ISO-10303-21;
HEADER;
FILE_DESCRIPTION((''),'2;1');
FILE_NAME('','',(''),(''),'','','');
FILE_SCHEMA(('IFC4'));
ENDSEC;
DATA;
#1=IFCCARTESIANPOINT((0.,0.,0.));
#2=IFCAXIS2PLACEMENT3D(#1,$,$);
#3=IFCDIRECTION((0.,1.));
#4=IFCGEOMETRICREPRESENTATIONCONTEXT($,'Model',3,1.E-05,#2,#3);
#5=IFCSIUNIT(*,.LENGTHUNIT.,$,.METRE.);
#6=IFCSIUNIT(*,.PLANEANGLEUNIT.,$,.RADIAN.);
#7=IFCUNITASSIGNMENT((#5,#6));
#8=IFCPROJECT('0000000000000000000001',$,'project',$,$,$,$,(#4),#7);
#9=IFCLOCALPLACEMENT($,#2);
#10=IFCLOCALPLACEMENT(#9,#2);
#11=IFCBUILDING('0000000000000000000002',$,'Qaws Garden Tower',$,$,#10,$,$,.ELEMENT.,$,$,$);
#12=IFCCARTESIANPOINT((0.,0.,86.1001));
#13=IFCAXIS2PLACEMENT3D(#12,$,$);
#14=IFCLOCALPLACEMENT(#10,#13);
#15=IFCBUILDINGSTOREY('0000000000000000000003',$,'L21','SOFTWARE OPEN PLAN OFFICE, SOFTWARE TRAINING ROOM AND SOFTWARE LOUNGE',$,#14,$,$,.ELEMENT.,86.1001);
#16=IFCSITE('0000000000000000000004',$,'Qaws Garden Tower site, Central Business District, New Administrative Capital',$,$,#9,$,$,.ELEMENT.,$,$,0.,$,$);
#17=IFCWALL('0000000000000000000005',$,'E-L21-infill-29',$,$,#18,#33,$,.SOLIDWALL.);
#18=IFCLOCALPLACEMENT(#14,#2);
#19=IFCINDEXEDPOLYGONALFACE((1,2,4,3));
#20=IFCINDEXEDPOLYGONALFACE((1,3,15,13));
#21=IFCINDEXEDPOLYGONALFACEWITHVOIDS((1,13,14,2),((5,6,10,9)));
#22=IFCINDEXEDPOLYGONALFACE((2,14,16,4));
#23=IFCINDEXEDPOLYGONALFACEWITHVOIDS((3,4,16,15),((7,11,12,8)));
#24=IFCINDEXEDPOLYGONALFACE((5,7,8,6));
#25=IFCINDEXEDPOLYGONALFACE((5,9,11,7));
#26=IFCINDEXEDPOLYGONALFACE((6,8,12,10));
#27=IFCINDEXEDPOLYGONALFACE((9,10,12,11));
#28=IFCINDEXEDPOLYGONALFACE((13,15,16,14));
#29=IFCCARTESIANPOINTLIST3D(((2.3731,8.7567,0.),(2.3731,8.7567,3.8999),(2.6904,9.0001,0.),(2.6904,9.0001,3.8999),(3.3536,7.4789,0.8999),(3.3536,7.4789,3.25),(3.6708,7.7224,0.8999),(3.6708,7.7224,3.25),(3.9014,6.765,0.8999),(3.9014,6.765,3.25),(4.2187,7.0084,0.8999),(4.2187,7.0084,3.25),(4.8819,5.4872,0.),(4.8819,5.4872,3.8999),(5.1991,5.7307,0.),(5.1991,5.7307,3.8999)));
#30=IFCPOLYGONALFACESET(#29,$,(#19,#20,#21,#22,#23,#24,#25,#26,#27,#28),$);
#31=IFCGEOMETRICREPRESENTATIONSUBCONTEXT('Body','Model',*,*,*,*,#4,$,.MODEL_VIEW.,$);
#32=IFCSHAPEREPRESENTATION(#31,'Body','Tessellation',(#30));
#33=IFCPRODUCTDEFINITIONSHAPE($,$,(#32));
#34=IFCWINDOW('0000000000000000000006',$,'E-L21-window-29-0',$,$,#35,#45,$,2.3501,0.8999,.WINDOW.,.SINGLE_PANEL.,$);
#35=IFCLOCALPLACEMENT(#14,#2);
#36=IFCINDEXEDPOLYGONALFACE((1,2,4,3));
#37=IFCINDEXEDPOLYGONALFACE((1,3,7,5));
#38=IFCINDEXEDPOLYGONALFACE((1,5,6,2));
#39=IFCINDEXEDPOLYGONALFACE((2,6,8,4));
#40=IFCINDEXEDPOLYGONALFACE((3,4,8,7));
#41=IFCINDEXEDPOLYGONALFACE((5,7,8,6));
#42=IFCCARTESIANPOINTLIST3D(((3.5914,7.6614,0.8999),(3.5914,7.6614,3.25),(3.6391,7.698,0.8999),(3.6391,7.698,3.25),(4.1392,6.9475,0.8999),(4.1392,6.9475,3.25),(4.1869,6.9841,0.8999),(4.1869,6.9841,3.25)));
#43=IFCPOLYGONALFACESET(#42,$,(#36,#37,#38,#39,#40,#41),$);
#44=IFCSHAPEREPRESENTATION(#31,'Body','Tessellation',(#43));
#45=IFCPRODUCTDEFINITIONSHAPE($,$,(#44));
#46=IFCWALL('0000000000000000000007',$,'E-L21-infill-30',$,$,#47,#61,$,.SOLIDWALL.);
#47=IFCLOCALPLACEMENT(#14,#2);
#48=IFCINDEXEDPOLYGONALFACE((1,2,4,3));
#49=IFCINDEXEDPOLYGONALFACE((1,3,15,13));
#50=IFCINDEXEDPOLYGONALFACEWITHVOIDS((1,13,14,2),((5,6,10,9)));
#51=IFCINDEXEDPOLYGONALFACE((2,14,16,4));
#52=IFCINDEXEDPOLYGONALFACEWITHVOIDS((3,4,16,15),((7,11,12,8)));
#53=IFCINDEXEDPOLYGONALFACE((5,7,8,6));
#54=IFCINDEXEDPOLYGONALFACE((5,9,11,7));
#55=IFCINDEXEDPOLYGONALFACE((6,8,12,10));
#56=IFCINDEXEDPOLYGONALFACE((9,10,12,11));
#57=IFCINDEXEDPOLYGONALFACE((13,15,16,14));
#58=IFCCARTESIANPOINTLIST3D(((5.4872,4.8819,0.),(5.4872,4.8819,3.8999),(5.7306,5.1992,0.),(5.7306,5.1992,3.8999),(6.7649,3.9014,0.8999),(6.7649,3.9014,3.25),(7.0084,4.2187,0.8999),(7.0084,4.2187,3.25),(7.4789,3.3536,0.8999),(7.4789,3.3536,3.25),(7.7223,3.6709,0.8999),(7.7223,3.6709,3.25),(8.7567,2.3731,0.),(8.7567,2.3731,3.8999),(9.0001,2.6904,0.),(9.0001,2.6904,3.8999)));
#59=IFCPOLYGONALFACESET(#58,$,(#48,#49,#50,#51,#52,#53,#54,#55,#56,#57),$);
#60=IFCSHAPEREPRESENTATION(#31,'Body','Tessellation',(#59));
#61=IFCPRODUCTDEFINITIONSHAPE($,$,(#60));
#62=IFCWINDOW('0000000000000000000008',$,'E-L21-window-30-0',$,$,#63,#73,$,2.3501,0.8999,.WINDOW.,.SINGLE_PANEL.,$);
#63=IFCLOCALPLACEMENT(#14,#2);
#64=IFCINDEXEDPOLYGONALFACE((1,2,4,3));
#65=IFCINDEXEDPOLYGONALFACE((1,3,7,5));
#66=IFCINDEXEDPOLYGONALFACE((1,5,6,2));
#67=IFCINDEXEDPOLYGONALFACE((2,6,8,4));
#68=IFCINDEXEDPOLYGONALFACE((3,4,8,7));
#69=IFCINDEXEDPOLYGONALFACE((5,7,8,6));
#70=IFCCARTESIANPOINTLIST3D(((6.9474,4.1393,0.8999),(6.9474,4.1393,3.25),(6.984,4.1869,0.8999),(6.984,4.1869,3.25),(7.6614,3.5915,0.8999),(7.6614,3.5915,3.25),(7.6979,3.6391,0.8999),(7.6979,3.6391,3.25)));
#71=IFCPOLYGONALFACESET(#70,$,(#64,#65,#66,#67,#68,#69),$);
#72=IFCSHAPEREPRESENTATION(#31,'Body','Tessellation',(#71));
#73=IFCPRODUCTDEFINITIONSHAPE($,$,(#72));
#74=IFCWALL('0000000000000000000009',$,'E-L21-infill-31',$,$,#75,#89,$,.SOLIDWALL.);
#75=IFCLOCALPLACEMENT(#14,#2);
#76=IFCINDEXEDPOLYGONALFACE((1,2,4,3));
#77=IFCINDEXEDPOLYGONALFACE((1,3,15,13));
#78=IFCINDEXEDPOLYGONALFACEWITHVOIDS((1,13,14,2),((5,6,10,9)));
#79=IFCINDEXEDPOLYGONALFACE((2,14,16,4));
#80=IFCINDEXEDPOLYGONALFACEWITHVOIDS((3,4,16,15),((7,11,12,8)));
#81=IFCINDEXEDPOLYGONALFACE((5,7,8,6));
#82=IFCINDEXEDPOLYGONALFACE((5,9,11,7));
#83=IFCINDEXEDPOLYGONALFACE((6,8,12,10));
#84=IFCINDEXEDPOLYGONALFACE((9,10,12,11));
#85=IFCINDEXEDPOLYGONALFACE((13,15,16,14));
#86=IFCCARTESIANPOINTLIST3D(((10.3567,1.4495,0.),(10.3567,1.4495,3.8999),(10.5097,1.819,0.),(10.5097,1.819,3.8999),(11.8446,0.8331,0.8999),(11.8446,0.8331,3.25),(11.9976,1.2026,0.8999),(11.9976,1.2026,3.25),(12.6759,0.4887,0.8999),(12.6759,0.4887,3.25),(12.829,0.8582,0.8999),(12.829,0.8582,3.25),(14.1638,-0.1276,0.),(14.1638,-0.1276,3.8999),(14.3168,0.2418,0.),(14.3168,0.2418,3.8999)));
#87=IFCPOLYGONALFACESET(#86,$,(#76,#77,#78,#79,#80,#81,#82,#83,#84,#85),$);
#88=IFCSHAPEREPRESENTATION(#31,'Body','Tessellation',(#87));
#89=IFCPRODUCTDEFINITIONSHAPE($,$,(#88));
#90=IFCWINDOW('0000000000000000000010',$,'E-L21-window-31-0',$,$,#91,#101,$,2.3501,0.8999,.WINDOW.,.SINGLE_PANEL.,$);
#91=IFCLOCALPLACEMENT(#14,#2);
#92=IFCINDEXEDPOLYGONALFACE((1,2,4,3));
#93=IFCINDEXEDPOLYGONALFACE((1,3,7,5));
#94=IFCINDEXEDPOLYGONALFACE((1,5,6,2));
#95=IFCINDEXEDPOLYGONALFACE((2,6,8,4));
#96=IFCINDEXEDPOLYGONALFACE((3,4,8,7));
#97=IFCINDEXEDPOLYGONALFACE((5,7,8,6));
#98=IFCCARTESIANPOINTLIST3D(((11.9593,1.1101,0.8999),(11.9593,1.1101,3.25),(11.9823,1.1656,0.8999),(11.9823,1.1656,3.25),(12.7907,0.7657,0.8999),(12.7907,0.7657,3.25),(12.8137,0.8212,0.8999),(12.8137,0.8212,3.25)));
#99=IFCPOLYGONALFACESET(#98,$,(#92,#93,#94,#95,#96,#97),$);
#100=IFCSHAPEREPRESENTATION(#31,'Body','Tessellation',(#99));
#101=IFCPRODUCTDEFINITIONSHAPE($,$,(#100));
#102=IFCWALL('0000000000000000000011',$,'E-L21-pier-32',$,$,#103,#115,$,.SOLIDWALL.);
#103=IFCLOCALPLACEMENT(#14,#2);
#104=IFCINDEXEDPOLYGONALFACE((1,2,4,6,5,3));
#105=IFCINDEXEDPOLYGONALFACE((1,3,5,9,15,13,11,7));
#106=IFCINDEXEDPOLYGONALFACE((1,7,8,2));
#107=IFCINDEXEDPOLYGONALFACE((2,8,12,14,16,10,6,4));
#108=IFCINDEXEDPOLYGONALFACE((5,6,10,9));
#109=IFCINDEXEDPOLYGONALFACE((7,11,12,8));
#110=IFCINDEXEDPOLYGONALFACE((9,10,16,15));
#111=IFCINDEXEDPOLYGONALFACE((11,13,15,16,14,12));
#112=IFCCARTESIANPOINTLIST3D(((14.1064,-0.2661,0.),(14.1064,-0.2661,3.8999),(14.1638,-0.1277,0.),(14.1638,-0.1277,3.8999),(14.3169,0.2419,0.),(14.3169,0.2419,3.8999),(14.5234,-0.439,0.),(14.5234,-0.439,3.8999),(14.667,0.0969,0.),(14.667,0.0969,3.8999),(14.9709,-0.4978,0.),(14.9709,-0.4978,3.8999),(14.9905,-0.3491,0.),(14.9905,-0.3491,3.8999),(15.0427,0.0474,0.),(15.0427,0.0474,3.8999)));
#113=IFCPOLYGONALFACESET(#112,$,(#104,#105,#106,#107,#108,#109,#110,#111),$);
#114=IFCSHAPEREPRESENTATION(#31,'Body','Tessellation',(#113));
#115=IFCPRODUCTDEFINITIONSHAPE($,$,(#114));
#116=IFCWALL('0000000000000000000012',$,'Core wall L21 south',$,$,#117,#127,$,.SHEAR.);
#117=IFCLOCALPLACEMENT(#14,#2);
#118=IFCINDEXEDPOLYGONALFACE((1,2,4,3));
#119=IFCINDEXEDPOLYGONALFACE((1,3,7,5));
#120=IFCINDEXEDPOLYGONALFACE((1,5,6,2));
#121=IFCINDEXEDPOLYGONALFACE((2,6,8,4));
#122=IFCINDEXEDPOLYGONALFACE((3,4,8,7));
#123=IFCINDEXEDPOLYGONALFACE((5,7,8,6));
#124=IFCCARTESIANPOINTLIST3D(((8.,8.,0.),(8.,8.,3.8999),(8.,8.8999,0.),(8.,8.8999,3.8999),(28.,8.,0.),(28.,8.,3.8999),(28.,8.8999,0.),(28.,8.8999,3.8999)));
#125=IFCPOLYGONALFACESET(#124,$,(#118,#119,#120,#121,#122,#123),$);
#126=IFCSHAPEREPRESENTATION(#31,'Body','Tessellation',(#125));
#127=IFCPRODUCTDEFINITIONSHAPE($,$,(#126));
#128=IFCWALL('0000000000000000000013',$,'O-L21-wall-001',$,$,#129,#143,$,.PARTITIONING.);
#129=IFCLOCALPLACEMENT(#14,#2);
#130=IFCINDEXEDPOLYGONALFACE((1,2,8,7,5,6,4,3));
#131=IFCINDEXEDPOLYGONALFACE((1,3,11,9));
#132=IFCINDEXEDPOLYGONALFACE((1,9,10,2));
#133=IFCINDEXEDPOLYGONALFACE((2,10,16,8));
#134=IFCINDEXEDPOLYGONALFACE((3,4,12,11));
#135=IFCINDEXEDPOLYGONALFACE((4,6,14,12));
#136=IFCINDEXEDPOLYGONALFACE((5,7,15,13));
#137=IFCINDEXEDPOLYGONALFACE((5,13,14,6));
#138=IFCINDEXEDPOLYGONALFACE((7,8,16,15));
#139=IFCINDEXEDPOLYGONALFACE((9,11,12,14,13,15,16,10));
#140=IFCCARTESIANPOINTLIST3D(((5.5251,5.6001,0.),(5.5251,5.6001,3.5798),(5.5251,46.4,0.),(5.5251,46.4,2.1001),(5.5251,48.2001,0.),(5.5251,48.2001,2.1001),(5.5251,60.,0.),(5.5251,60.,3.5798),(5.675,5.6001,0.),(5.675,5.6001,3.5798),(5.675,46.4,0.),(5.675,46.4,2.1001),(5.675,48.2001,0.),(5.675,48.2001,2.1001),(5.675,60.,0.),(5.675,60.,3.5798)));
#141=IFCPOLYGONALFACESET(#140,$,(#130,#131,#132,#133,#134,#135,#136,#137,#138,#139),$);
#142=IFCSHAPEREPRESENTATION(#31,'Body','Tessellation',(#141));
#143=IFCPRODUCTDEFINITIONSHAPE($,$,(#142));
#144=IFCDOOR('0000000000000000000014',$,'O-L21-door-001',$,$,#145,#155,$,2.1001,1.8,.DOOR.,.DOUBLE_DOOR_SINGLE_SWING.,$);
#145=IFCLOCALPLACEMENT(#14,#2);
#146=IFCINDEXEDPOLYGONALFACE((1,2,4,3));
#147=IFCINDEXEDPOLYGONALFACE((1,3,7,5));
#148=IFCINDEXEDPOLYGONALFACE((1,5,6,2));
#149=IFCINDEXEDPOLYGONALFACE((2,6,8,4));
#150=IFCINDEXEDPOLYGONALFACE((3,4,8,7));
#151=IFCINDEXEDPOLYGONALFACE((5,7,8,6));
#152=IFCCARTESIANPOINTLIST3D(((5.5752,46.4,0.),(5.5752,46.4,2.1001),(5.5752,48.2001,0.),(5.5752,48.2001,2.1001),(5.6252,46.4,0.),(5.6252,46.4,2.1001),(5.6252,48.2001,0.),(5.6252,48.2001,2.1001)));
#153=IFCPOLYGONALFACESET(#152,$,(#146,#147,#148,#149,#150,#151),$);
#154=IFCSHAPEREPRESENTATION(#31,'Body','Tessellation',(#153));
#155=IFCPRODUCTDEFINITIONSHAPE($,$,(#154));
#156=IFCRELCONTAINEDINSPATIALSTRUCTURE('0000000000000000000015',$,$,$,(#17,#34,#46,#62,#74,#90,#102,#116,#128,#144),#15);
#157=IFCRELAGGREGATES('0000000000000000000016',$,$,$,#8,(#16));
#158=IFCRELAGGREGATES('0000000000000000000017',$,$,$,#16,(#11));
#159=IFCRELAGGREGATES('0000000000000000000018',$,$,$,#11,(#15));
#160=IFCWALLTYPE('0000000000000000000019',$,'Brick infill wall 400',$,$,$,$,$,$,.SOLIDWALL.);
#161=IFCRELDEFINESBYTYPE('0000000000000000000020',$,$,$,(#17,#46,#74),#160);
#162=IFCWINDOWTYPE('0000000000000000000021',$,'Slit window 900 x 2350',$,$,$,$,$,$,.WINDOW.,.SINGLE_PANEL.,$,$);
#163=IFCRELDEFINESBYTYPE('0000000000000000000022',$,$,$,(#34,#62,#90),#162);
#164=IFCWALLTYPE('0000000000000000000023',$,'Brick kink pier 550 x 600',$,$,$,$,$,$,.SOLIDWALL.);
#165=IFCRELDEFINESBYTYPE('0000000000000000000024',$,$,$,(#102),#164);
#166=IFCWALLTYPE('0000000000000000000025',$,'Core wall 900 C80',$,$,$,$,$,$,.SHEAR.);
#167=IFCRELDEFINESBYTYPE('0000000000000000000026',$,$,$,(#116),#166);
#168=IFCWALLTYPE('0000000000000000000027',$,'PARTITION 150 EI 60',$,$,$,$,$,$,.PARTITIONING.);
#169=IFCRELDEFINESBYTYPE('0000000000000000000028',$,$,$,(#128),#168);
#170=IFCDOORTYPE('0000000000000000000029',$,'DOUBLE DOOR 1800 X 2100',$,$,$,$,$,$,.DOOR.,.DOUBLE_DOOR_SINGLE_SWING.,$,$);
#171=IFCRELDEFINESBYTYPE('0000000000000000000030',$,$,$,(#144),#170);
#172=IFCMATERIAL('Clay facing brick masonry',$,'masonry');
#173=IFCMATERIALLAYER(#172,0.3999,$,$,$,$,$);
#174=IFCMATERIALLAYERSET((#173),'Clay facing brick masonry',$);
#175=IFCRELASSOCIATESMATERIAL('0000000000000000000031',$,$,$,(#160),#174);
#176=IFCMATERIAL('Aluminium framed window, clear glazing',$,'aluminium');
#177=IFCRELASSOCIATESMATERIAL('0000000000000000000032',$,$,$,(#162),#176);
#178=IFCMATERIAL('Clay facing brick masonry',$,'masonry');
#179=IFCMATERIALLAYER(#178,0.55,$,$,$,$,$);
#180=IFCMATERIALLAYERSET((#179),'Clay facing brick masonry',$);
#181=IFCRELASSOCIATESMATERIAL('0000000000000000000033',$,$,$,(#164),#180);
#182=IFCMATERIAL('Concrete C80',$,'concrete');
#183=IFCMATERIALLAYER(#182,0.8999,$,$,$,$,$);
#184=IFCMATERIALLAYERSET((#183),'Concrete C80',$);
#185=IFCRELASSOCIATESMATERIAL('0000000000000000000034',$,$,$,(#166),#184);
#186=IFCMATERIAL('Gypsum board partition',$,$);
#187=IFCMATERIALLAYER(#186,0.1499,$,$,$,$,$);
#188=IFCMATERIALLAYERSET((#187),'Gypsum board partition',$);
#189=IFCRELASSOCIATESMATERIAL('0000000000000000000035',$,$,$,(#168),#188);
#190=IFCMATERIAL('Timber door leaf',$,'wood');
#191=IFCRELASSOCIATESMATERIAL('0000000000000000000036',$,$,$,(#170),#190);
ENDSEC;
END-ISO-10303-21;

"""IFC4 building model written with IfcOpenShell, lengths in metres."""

from ifc_helpers import new_model, si_unit, direction, frame, frame_2d, origin, place, context, subcontext, project, spatial, polyline, rectangle, outline, extrude, material, layer, layer_set, type_object, element, fill, save


model = new_model("IFC4")

# Units and contexts
model_context = context("Model", 3, precision=1e-05, world=origin(), true_north=direction((0.0, 1.0)))
body_context = subcontext(model_context, "Body", "Model", "MODEL_VIEW")
ifc_project = project(units=[si_unit("LENGTHUNIT", "METRE"), si_unit("PLANEANGLEUNIT", "RADIAN")], contexts=[model_context])

# Site, building, storey
site_placement = place(None, origin())
site = spatial("IfcSite", under=ifc_project, at=site_placement, Name="Qaws Garden Tower site, Central Business District, New Administrative Capital", CompositionType="ELEMENT", RefElevation=0.0)
building_placement = place(site_placement, origin())
building = spatial("IfcBuilding", under=site, at=building_placement, Name="Qaws Garden Tower", CompositionType="ELEMENT")
storey_placement = place(building_placement, frame((0.0, 0.0, 86.1001)))
storey = spatial("IfcBuildingStorey", under=building, at=storey_placement, Name="L21", Description="SOFTWARE OPEN PLAN OFFICE, SOFTWARE TRAINING ROOM AND SOFTWARE LOUNGE", CompositionType="ELEMENT", Elevation=86.1001)

# Shared definitions
placement_1 = place(storey_placement, origin())

# Walls, openings, windows
ifc_material_1 = material(Name="Clay facing brick masonry", Category="masonry")
ifc_layer_1 = layer(ifc_material_1, 0.3999)
ifc_layer_set_1 = layer_set([ifc_layer_1], Name="Clay facing brick masonry")
wall_type_1 = type_object("IfcWallType", Name="Brick infill wall 400", PredefinedType="SOLIDWALL", material=ifc_layer_set_1)
wall_1_placement = place(storey_placement, frame((2.5317, 8.8784, 0.0), z_axis=(0.0, 0.0, 1.0), x_axis=(0.60876, -0.793355, 0.0)))
wall_1 = element("IfcWall", 1, at=wall_1_placement, inside=storey, type_object=wall_type_1, Name="E-L21-infill-29", PredefinedType="SOLIDWALL", context=body_context, shape_type="SweptSolid", body=[
    extrude(rectangle(XDim=4.1211, YDim=0.3999, at=frame_2d((2.0605, 0.0))), origin(), (0.0, 0.0, 1.0), 3.8999),
])
opening_1_placement = place(wall_1_placement, frame((1.6106, 0.0, 0.8999)))
opening_1 = element("IfcOpeningElement", 2, at=opening_1_placement, cuts=wall_1, PredefinedType="OPENING", context=body_context, shape_type="SweptSolid", body=[
    extrude(rectangle(XDim=0.8999, YDim=2.3501, at=frame_2d((0.45, 1.175))), frame((0.0, 0.21, 0.0), z_axis=(0.0, -1.0, 0.0), x_axis=(1.0, 0.0, 0.0)), (0.0, 0.0, 1.0), 0.4199),
])
ifc_material_2 = material(Name="Aluminium framed window, clear glazing", Category="aluminium")
window_type = type_object("IfcWindowType", Name="Slit window 900 x 2350", PartitioningType="SINGLE_PANEL", PredefinedType="WINDOW", material=ifc_material_2)
window_1_placement = place(opening_1_placement, origin())
window_1 = element("IfcWindow", 3, at=window_1_placement, inside=storey, type_object=window_type, Name="E-L21-window-29-0", OverallHeight=2.3501, OverallWidth=0.8999, PartitioningType="SINGLE_PANEL", PredefinedType="WINDOW", context=body_context, shape_type="SweptSolid", body=[
    extrude(rectangle(XDim=0.8999, YDim=2.3501, at=frame_2d((0.45, 1.175))), frame((0.0, 0.1599, 0.0), z_axis=(0.0, -1.0, 0.0), x_axis=(1.0, 0.0, 0.0)), (0.0, 0.0, 1.0), 0.0601),
])
fill(opening_1, window_1)
wall_2_placement = place(storey_placement, frame((5.6089, 5.0405, 0.0), z_axis=(0.0, 0.0, 1.0), x_axis=(0.793355, -0.60876, 0.0)))
wall_2 = element("IfcWall", 4, at=wall_2_placement, inside=storey, type_object=wall_type_1, Name="E-L21-infill-30", PredefinedType="SOLIDWALL", context=body_context, shape_type="SweptSolid", body=[
    extrude(rectangle(XDim=4.1211, YDim=0.3999, at=frame_2d((2.0605, 0.0))), origin(), (0.0, 0.0, 1.0), 3.8999),
])
opening_2_placement = place(wall_2_placement, frame((1.6106, 0.0, 0.8999)))
opening_2 = element("IfcOpeningElement", 5, at=opening_2_placement, cuts=wall_2, PredefinedType="OPENING", context=body_context, shape_type="SweptSolid", body=[
    extrude(rectangle(XDim=0.8999, YDim=2.3501, at=frame_2d((0.45, 1.175))), frame((0.0, 0.21, 0.0), z_axis=(0.0, -1.0, 0.0), x_axis=(1.0, 0.0, 0.0)), (0.0, 0.0, 1.0), 0.4199),
])
window_2_placement = place(opening_2_placement, origin())
window_2 = element("IfcWindow", 6, at=window_2_placement, inside=storey, type_object=window_type, Name="E-L21-window-30-0", OverallHeight=2.3501, OverallWidth=0.8999, PartitioningType="SINGLE_PANEL", PredefinedType="WINDOW", context=body_context, shape_type="SweptSolid", body=[
    extrude(rectangle(XDim=0.8999, YDim=2.3501, at=frame_2d((0.45, 1.175))), frame((0.0, 0.1599, 0.0), z_axis=(0.0, -1.0, 0.0), x_axis=(1.0, 0.0, 0.0)), (0.0, 0.0, 1.0), 0.0601),
])
fill(opening_2, window_2)
wall_3_placement = place(storey_placement, frame((10.4331, 1.6343, 0.0), z_axis=(0.0, 0.0, 1.0), x_axis=(0.923864, -0.382722, 0.0)))
wall_3 = element("IfcWall", 7, at=wall_3_placement, inside=storey, type_object=wall_type_1, Name="E-L21-infill-31", PredefinedType="SOLIDWALL", context=body_context, shape_type="SweptSolid", body=[
    extrude(rectangle(XDim=4.1208, YDim=0.3999, at=frame_2d((2.0605, 0.0))), origin(), (0.0, 0.0, 1.0), 3.8999),
])
opening_3_placement = place(wall_3_placement, frame((1.6106, 0.0, 0.8999)))
opening_3 = element("IfcOpeningElement", 8, at=opening_3_placement, cuts=wall_3, PredefinedType="OPENING", context=body_context, shape_type="SweptSolid", body=[
    extrude(rectangle(XDim=0.8999, YDim=2.3501, at=frame_2d((0.45, 1.175))), frame((0.0, 0.21, 0.0), z_axis=(0.0, -1.0, 0.0), x_axis=(1.0, 0.0, 0.0)), (0.0, 0.0, 1.0), 0.4199),
])
window_3_placement = place(opening_3_placement, origin())
window_3 = element("IfcWindow", 9, at=window_3_placement, inside=storey, type_object=window_type, Name="E-L21-window-31-0", OverallHeight=2.3501, OverallWidth=0.8999, PartitioningType="SINGLE_PANEL", PredefinedType="WINDOW", context=body_context, shape_type="SweptSolid", body=[
    extrude(rectangle(XDim=0.8999, YDim=2.3501, at=frame_2d((0.45, 1.175))), frame((0.0, 0.1599, 0.0), z_axis=(0.0, -1.0, 0.0), x_axis=(1.0, 0.0, 0.0)), (0.0, 0.0, 1.0), 0.0601),
])
fill(opening_3, window_3)

# Walls
ifc_material_3 = material(Name="Clay facing brick masonry", Category="masonry")
ifc_layer_2 = layer(ifc_material_3, 0.55)
ifc_layer_set_2 = layer_set([ifc_layer_2], Name="Clay facing brick masonry")
wall_type_2 = type_object("IfcWallType", Name="Brick kink pier 550 x 600", PredefinedType="SOLIDWALL", material=ifc_layer_set_2)
element("IfcWall", 10, at=placement_1, inside=storey, type_object=wall_type_2, Name="E-L21-pier-32", PredefinedType="SOLIDWALL", context=body_context, shape_type="SweptSolid", body=[
    extrude(outline(polyline([(14.1638, -0.1277), (14.1064, -0.2661), (14.5234, -0.439), (14.9709, -0.4978), (14.9905, -0.3491), (15.0427, 0.0474), (14.667, 0.0969), (14.3169, 0.2419), (14.1638, -0.1277)])), origin(), (0.0, 0.0, 1.0), 3.8999),
])
ifc_material_4 = material(Name="Concrete C80", Category="concrete")
ifc_layer_3 = layer(ifc_material_4, 0.8999)
ifc_layer_set_3 = layer_set([ifc_layer_3], Name="Concrete C80")
wall_type_3 = type_object("IfcWallType", Name="Core wall 900 C80", PredefinedType="SHEAR", material=ifc_layer_set_3)
wall_4_placement = place(storey_placement, frame((8.0, 8.45, 0.0), z_axis=(0.0, 0.0, 1.0), x_axis=(1.0, 0.0, 0.0)))
element("IfcWall", 11, at=wall_4_placement, inside=storey, type_object=wall_type_3, Name="Core wall L21 south", PredefinedType="SHEAR", context=body_context, shape_type="SweptSolid", body=[
    extrude(rectangle(XDim=20.0, YDim=0.8999, at=frame_2d((10.0, 0.0))), origin(), (0.0, 0.0, 1.0), 3.8999),
])

# Wall, opening, door
ifc_material_5 = material(Name="Gypsum board partition")
ifc_layer_4 = layer(ifc_material_5, 0.1499)
ifc_layer_set_4 = layer_set([ifc_layer_4], Name="Gypsum board partition")
wall_type_4 = type_object("IfcWallType", Name="PARTITION 150 EI 60", PredefinedType="PARTITIONING", material=ifc_layer_set_4)
wall_5_placement = place(storey_placement, frame((5.6001, 5.6001, 0.0), z_axis=(0.0, 0.0, 1.0), x_axis=(0.0, 1.0, 0.0)))
wall_5 = element("IfcWall", 12, at=wall_5_placement, inside=storey, type_object=wall_type_4, Name="O-L21-wall-001", PredefinedType="PARTITIONING", context=body_context, shape_type="SweptSolid", body=[
    extrude(rectangle(XDim=54.3999, YDim=0.1499, at=frame_2d((27.2, 0.0))), origin(), (0.0, 0.0, 1.0), 3.5798),
])
opening_4_placement = place(wall_5_placement, frame((40.8, 0.0, 0.0)))
opening_4 = element("IfcOpeningElement", 13, at=opening_4_placement, cuts=wall_5, PredefinedType="OPENING", context=body_context, shape_type="SweptSolid", body=[
    extrude(rectangle(XDim=1.8, YDim=2.1001, at=frame_2d((0.8999, 1.05))), frame((0.0, 0.085, 0.0), z_axis=(0.0, -1.0, 0.0), x_axis=(1.0, 0.0, 0.0)), (0.0, 0.0, 1.0), 0.1699),
])
ifc_material_6 = material(Name="Timber door leaf", Category="wood")
door_type_1 = type_object("IfcDoorType", Name="DOUBLE DOOR 1800 X 2100", OperationType="DOUBLE_DOOR_SINGLE_SWING", PredefinedType="DOOR", material=ifc_material_6)
door_1_placement = place(opening_4_placement, origin())
door_1 = element("IfcDoor", 14, at=door_1_placement, inside=storey, type_object=door_type_1, Name="O-L21-door-001", OperationType="DOUBLE_DOOR_SINGLE_SWING", OverallHeight=2.1001, OverallWidth=1.8, PredefinedType="DOOR", context=body_context, shape_type="SweptSolid", body=[
    extrude(rectangle(XDim=1.8, YDim=2.1001, at=frame_2d((0.8999, 1.05))), frame((0.0, 0.0249, 0.0), z_axis=(0.0, -1.0, 0.0), x_axis=(1.0, 0.0, 0.0)), (0.0, 0.0, 1.0), 0.05),
])
fill(opening_4, door_1)

save(model, "model.ifc")
